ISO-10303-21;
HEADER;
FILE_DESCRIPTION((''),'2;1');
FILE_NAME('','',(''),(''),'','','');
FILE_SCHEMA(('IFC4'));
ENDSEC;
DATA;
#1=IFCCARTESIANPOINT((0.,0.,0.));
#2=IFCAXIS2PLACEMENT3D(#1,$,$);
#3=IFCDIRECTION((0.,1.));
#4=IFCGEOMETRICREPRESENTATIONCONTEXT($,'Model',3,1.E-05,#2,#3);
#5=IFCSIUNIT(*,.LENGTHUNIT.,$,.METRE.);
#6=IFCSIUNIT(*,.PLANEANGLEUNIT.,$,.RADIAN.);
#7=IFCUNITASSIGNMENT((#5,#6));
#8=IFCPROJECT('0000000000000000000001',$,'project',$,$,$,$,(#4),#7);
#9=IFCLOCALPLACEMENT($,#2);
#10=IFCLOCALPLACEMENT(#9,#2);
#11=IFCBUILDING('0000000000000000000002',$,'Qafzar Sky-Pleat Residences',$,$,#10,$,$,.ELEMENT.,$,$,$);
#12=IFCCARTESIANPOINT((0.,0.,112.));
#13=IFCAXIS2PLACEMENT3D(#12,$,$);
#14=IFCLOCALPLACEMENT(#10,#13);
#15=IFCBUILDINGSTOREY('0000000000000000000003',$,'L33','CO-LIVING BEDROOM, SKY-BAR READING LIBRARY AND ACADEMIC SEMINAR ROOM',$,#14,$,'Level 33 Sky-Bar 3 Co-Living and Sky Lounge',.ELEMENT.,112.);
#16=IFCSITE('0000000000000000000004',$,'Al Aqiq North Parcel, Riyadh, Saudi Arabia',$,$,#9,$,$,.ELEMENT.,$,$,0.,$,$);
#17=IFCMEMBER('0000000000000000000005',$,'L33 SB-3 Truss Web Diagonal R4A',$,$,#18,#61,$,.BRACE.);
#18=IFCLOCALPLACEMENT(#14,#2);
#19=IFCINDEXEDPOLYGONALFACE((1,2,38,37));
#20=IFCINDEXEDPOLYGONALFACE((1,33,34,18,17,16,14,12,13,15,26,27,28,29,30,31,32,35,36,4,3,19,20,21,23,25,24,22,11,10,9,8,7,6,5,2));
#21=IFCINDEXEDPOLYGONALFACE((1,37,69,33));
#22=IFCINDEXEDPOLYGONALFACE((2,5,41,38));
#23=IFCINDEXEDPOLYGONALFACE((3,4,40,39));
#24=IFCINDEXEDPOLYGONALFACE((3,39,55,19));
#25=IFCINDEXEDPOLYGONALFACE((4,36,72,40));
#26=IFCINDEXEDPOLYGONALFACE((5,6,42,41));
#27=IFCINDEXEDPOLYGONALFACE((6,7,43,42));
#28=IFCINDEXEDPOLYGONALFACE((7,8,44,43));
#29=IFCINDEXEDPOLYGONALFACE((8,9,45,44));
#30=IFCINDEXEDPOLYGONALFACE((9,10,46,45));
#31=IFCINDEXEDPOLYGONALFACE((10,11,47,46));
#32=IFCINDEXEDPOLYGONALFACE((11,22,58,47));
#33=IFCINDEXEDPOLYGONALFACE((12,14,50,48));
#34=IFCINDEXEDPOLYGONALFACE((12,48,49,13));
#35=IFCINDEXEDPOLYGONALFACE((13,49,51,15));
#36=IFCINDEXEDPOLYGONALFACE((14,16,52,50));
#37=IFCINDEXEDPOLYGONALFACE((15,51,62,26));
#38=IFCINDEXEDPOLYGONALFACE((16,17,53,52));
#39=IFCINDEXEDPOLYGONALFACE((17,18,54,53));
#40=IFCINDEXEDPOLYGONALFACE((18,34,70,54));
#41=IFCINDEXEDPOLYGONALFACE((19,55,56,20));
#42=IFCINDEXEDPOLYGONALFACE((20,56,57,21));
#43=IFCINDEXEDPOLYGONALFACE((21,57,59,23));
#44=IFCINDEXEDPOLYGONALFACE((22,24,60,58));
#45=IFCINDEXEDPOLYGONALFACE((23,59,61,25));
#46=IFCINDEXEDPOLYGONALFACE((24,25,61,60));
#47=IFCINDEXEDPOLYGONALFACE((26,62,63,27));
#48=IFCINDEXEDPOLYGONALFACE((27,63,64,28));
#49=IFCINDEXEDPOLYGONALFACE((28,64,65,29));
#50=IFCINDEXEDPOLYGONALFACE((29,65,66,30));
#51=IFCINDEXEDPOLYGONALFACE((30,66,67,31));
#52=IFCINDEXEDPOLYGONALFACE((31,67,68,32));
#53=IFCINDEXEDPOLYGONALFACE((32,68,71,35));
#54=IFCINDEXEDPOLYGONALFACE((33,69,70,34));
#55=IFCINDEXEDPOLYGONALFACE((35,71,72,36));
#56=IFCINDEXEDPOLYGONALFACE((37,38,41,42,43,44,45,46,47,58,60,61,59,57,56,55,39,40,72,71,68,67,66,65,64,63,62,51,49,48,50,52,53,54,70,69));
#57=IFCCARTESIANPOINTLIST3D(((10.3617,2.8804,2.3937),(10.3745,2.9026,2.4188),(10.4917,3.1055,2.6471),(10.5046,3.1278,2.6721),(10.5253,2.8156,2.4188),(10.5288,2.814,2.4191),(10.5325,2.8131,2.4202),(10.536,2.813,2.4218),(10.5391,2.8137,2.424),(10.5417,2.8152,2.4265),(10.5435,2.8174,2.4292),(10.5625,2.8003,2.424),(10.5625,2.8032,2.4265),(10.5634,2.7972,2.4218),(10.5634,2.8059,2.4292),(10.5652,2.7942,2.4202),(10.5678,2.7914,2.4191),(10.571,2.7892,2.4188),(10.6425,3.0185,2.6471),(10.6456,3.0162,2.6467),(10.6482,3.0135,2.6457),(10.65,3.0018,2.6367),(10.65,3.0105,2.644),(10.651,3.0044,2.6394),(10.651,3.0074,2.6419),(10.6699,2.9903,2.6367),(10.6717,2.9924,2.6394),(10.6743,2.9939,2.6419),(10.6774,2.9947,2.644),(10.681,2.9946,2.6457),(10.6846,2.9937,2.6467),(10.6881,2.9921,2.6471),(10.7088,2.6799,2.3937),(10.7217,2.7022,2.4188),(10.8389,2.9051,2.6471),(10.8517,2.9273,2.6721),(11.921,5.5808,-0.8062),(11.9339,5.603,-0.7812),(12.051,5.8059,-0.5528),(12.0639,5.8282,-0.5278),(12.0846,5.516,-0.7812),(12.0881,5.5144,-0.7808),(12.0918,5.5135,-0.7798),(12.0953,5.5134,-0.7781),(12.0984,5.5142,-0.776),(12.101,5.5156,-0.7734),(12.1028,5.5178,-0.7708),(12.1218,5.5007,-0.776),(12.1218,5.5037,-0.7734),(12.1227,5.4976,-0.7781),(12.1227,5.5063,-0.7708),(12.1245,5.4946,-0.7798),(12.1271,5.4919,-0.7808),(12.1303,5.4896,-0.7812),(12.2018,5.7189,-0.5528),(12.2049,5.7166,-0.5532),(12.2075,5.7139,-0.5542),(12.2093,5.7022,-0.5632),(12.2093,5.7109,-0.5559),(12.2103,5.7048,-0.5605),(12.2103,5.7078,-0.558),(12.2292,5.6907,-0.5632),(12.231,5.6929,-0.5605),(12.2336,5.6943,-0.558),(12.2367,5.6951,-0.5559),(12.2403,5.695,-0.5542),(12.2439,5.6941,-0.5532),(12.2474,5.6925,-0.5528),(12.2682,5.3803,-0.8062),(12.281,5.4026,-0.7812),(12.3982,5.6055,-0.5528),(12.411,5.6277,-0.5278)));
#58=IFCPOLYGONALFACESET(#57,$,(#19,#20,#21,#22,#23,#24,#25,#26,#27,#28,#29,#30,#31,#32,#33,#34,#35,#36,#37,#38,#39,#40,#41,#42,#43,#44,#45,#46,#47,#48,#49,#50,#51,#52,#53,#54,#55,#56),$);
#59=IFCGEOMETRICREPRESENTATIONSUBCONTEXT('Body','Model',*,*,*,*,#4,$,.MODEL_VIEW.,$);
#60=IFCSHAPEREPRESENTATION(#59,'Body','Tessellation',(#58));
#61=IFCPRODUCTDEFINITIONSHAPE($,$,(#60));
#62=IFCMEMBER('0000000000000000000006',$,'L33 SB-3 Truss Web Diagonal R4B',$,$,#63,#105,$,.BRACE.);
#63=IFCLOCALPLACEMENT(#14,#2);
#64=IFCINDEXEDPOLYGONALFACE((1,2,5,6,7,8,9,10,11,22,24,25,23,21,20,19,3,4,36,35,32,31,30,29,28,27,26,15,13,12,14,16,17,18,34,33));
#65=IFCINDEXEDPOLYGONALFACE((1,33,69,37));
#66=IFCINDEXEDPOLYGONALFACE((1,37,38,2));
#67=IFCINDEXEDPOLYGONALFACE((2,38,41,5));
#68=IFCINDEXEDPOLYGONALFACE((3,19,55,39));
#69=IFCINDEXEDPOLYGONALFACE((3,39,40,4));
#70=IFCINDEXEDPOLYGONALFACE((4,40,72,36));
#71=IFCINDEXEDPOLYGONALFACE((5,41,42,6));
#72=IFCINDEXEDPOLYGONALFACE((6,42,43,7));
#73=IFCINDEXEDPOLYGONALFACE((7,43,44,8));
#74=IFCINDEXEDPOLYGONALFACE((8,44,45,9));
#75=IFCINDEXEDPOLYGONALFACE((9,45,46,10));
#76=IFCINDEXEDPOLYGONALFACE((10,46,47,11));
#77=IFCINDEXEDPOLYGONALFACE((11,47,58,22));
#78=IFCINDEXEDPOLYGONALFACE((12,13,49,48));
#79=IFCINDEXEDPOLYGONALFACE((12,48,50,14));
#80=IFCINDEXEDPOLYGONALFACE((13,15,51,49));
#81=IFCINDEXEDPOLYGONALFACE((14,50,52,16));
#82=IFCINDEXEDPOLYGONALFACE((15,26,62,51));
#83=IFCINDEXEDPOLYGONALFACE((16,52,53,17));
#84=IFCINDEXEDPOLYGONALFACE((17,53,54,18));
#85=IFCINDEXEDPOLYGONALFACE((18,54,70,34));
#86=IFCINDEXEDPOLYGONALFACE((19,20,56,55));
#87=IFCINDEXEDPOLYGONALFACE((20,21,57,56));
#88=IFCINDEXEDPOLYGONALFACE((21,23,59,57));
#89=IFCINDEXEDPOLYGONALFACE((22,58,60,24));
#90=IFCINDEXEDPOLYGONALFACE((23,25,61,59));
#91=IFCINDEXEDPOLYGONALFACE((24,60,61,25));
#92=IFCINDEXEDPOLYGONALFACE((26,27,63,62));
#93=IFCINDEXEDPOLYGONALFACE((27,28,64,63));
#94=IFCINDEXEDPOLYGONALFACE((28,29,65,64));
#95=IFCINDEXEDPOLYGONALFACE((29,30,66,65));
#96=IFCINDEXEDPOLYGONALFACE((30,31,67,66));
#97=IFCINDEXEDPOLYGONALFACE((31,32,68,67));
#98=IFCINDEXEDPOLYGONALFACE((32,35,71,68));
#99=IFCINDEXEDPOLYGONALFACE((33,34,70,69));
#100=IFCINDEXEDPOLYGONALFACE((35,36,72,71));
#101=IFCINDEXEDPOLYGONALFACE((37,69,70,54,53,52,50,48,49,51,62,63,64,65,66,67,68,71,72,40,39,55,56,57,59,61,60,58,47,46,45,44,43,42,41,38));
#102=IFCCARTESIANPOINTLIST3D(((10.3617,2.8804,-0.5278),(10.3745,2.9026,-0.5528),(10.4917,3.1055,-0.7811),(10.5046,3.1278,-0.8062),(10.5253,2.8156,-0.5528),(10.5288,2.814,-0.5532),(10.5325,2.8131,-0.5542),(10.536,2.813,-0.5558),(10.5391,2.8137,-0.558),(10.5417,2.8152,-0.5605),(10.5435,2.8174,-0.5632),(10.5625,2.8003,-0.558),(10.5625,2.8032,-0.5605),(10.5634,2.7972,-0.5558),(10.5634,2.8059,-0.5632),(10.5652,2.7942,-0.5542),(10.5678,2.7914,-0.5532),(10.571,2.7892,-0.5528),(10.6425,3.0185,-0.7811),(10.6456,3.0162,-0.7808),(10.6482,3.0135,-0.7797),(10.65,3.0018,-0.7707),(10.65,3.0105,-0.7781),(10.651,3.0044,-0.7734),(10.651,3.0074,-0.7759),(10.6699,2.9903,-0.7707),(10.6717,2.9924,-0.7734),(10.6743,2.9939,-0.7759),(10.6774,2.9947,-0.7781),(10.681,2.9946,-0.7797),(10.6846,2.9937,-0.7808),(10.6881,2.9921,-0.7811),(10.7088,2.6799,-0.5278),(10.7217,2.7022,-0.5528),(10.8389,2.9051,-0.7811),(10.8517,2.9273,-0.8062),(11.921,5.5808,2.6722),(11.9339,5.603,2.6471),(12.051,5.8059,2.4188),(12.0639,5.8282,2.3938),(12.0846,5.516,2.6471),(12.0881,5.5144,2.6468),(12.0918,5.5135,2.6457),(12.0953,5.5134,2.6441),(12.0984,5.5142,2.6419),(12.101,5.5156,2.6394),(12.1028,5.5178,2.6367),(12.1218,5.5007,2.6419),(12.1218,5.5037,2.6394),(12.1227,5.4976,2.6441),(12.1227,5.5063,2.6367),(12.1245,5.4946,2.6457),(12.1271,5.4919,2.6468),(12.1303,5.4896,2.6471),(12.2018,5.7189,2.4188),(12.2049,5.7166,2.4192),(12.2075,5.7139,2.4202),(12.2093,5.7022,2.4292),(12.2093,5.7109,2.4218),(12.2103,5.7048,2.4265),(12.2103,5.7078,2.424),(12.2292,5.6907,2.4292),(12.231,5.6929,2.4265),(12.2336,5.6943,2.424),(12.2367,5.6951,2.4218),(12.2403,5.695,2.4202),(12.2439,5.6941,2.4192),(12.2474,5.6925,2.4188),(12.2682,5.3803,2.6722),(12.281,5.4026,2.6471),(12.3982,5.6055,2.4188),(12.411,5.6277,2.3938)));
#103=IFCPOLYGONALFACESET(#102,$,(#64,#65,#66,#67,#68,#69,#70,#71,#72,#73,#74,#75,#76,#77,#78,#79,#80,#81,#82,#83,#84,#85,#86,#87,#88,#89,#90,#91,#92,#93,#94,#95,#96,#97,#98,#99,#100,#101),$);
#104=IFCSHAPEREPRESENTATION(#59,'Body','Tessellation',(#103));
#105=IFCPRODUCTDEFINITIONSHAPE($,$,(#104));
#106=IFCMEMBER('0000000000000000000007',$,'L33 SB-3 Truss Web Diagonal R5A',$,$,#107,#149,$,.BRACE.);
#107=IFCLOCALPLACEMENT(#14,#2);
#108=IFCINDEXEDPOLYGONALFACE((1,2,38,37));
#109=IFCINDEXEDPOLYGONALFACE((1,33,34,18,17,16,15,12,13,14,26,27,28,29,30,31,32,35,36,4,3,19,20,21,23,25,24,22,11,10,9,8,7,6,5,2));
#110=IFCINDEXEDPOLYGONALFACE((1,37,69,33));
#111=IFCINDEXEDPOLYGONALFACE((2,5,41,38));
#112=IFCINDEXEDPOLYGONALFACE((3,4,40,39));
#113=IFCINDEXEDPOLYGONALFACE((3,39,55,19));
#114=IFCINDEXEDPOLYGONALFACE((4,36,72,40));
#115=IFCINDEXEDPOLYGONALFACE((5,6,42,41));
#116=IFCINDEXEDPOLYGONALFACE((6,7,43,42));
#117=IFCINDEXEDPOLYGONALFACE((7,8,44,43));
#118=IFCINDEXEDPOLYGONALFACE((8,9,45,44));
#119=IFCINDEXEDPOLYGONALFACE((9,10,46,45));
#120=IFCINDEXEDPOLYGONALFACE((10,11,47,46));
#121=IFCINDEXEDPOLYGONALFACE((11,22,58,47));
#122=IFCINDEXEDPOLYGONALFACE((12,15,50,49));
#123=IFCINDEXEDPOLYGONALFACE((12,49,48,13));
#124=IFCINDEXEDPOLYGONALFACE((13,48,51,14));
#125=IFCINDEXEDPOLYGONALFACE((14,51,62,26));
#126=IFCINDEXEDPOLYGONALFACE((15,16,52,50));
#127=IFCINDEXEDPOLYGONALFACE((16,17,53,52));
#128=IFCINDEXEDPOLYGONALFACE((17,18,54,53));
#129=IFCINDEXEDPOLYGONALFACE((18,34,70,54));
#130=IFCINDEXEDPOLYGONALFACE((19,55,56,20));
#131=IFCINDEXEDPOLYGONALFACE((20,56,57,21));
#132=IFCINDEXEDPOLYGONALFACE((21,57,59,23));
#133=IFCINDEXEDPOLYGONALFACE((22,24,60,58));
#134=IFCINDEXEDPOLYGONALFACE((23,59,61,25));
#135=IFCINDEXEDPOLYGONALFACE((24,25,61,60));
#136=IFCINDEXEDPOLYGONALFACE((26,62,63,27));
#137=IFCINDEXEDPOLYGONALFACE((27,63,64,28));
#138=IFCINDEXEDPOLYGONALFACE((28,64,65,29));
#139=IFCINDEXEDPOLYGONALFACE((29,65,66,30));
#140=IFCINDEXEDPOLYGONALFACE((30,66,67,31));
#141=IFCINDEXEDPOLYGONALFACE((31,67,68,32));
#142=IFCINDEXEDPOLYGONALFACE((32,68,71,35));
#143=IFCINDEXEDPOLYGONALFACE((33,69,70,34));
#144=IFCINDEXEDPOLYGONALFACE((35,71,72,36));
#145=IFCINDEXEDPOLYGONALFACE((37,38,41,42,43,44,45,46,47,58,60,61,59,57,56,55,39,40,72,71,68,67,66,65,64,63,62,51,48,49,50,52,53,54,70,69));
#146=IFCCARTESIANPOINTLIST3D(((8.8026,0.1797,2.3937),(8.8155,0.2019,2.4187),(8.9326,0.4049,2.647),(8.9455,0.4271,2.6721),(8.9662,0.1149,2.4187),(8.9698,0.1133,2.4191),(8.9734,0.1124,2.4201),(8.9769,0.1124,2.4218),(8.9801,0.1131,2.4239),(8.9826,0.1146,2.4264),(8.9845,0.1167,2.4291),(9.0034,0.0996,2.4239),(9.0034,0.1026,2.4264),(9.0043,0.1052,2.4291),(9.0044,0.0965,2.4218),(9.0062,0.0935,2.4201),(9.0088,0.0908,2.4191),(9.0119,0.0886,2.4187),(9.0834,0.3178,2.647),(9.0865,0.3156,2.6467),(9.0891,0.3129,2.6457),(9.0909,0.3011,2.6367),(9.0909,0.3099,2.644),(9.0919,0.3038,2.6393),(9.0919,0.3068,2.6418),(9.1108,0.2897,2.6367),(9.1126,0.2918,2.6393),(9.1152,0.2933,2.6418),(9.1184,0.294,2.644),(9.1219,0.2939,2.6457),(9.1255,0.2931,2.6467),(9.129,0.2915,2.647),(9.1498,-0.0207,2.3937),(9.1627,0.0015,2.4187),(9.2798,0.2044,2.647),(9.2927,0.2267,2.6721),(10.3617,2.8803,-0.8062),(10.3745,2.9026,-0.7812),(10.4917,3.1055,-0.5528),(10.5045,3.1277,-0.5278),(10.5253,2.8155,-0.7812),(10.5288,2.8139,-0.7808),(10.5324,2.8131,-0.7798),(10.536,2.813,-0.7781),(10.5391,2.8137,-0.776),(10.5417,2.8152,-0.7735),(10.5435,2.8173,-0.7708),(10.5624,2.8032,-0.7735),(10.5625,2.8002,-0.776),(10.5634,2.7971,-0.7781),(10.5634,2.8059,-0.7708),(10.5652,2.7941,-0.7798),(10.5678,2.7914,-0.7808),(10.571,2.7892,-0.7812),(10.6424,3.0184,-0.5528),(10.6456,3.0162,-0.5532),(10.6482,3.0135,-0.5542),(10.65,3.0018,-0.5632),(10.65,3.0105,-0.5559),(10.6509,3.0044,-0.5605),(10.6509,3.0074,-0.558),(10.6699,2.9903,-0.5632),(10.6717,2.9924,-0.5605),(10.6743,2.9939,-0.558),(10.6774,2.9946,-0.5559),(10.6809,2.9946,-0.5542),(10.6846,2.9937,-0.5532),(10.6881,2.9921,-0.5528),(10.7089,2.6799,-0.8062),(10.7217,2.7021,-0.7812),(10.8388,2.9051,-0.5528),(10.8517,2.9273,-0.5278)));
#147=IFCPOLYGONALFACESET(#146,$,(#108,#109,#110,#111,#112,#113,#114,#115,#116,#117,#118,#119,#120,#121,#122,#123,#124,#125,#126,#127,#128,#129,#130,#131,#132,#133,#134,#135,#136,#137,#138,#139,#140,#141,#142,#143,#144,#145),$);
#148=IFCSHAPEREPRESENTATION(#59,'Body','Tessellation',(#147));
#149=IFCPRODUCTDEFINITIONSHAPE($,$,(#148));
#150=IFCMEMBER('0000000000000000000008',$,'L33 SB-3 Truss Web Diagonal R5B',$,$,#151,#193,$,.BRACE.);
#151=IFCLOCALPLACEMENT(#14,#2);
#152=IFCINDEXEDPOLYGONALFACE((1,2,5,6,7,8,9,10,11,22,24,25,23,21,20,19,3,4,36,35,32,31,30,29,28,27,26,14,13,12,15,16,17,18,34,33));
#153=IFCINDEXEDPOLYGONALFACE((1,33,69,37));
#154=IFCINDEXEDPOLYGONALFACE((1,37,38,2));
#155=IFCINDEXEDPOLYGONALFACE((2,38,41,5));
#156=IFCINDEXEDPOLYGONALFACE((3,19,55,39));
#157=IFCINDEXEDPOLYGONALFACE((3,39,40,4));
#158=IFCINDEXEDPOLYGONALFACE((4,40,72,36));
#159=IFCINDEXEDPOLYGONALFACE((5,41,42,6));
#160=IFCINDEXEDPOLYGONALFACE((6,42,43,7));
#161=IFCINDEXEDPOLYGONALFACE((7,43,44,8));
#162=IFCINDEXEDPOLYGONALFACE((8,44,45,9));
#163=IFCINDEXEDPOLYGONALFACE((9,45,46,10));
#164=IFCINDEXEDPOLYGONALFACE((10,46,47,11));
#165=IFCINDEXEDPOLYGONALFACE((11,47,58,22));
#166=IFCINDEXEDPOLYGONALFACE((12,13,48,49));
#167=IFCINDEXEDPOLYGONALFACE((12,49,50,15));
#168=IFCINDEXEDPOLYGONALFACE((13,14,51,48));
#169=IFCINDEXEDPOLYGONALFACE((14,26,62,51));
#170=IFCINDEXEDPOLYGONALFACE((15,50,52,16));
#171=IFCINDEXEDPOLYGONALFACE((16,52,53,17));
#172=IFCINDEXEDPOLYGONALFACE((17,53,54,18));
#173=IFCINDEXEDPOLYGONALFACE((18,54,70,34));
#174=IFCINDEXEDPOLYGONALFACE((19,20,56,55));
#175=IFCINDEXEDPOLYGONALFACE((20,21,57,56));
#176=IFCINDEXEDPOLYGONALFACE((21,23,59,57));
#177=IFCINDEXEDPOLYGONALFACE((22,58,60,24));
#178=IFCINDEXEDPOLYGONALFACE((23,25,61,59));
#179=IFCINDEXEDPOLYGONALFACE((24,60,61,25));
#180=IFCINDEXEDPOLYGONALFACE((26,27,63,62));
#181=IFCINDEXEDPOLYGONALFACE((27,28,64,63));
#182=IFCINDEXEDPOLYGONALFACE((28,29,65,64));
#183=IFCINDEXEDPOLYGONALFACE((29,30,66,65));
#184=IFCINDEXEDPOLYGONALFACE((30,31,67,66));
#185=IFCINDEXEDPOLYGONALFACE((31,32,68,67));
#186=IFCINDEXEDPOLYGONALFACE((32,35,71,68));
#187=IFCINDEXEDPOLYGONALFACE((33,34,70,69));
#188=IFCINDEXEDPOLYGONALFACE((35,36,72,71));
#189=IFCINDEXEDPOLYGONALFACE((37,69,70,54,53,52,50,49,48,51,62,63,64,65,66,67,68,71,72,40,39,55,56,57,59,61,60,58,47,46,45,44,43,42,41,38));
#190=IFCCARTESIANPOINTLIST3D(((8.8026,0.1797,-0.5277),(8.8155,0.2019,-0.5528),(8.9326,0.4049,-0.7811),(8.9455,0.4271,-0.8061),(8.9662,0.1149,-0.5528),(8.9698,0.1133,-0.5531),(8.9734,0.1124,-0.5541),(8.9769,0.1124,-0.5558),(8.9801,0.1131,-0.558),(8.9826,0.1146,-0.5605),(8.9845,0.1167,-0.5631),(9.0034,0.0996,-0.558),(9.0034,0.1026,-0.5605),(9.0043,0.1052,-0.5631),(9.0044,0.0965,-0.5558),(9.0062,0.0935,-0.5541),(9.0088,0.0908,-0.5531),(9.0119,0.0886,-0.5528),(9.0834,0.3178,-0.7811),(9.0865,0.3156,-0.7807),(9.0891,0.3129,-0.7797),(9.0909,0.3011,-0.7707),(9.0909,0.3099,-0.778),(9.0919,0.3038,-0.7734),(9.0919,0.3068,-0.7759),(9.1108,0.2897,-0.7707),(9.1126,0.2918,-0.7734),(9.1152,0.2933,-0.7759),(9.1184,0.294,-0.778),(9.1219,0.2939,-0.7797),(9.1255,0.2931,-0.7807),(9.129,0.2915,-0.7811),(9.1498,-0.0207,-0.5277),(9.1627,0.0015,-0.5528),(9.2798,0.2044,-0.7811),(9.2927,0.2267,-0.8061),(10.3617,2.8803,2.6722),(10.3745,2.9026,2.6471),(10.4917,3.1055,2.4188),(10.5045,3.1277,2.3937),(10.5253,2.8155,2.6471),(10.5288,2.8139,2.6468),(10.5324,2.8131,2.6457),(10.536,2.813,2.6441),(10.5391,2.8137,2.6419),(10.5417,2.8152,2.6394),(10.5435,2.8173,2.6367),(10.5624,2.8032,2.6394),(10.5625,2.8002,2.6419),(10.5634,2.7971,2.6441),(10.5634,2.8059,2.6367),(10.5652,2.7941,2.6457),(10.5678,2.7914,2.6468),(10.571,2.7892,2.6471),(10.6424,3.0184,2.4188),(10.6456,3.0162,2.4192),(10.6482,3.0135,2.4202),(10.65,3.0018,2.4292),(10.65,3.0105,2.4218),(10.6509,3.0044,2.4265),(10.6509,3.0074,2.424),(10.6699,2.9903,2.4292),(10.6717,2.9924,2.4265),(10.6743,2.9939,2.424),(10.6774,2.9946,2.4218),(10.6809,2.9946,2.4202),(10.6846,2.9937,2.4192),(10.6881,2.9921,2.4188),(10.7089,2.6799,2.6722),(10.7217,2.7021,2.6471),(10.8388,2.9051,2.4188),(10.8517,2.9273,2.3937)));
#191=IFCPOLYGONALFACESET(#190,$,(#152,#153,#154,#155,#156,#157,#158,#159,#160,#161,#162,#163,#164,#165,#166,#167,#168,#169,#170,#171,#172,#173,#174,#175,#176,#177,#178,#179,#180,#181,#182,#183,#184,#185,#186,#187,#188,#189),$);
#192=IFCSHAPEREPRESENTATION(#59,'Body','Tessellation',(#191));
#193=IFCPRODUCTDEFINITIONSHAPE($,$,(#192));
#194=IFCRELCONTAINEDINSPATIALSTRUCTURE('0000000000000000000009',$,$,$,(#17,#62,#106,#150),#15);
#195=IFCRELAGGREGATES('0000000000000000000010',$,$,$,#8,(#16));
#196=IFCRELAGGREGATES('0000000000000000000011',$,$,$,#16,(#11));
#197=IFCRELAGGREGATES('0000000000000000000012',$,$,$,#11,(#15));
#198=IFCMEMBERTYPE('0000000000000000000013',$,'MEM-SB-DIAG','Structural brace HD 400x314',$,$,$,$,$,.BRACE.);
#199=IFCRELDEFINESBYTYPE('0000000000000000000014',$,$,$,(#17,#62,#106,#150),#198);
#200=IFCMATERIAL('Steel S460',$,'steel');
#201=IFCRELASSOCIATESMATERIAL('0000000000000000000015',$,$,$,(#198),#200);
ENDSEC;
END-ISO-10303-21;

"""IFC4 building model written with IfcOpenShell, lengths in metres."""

from ifc_helpers import new_model, si_unit, direction, frame, origin, origin_2d, place, context, subcontext, project, spatial, i_section, extrude, source, transform, mapped, material, material_profile, profile_set, type_object, element, save


model = new_model("IFC4")

# Units and contexts
model_context = context("Model", 3, precision=1e-05, world=origin(), true_north=direction((0.0, 1.0)))
body_context = subcontext(model_context, "Body", "Model", "MODEL_VIEW")
ifc_project = project(units=[si_unit("LENGTHUNIT", "METRE"), si_unit("PLANEANGLEUNIT", "RADIAN")], contexts=[model_context])

# Site, building, storey
site_placement = place(None, origin())
site = spatial("IfcSite", under=ifc_project, at=site_placement, Name="Al Aqiq North Parcel, Riyadh, Saudi Arabia", CompositionType="ELEMENT", RefElevation=0.0)
building_placement = place(site_placement, origin())
building = spatial("IfcBuilding", under=site, at=building_placement, Name="Qafzar Sky-Pleat Residences", CompositionType="ELEMENT")
storey_placement = place(building_placement, frame((0.0, 0.0, 112.0)))
storey = spatial("IfcBuildingStorey", under=building, at=storey_placement, Name="L33", Description="CO-LIVING BEDROOM, SKY-BAR READING LIBRARY AND ACADEMIC SEMINAR ROOM", LongName="Level 33 Sky-Bar 3 Co-Living and Sky Lounge", CompositionType="ELEMENT", Elevation=112.0)

# Shared definitions
ifc_material_1 = material(Name="Steel S460", Category="steel")

# Members
ifc_material_profile_1 = material_profile(ifc_material_1, i_section(OverallWidth=0.4009, OverallDepth=0.3989, WebThickness=0.0229, FlangeThickness=0.0359, FilletRadius=0.0149, at=origin_2d()), Name="HD 400x314")
ifc_profile_set_1 = profile_set([ifc_material_profile_1], Name="Steel S460")
member_type = type_object("IfcMemberType", Name="MEM-SB-DIAG", Description="Structural brace HD 400x314", PredefinedType="BRACE", material=ifc_profile_set_1)
shared_shape_1 = source(origin(), body_context, "Body", "SweptSolid", [
    extrude(i_section(OverallWidth=0.4009, OverallDepth=0.3989, WebThickness=0.0229, FlangeThickness=0.0359, FilletRadius=0.0149, at=origin_2d()), origin(), (0.0, 0.0, 1.0), 4.468),
])
for number, where, z_axis, x_axis, name in (
    (1, (12.166, 5.6042, -0.667), (-0.348994, -0.604387, 0.716184), (0.865994, -0.500055, 0.0), "L33 SB-3 Truss Web Diagonal R4A"),
    (2, (12.166, 5.6042, 2.533), (-0.348994, -0.604387, -0.716184), (0.865994, -0.500055, 0.0), "L33 SB-3 Truss Web Diagonal R4B"),
    (3, (10.6067, 2.9038, -0.667), (-0.348935, -0.604434, 0.716174), (0.866047, -0.499962, 0.0), "L33 SB-3 Truss Web Diagonal R5A"),
    (4, (10.6067, 2.9038, 2.533), (-0.348935, -0.604434, -0.716174), (0.866047, -0.499962, 0.0), "L33 SB-3 Truss Web Diagonal R5B"),
):
    element("IfcMember", number, at=place(storey_placement, frame(where, z_axis=z_axis, x_axis=x_axis)), inside=storey, type_object=member_type, Name=name, PredefinedType="BRACE", context=body_context, shape_type="MappedRepresentation", body=[
        mapped(shared_shape_1, transform((0.0, 0.0, 0.0), x_axis=(1.0, 0.0, 0.0), y_axis=(0.0, 1.0, 0.0), z_axis=(0.0, 0.0, 1.0), scale=1.0)),
    ])

save(model, "model.ifc")
